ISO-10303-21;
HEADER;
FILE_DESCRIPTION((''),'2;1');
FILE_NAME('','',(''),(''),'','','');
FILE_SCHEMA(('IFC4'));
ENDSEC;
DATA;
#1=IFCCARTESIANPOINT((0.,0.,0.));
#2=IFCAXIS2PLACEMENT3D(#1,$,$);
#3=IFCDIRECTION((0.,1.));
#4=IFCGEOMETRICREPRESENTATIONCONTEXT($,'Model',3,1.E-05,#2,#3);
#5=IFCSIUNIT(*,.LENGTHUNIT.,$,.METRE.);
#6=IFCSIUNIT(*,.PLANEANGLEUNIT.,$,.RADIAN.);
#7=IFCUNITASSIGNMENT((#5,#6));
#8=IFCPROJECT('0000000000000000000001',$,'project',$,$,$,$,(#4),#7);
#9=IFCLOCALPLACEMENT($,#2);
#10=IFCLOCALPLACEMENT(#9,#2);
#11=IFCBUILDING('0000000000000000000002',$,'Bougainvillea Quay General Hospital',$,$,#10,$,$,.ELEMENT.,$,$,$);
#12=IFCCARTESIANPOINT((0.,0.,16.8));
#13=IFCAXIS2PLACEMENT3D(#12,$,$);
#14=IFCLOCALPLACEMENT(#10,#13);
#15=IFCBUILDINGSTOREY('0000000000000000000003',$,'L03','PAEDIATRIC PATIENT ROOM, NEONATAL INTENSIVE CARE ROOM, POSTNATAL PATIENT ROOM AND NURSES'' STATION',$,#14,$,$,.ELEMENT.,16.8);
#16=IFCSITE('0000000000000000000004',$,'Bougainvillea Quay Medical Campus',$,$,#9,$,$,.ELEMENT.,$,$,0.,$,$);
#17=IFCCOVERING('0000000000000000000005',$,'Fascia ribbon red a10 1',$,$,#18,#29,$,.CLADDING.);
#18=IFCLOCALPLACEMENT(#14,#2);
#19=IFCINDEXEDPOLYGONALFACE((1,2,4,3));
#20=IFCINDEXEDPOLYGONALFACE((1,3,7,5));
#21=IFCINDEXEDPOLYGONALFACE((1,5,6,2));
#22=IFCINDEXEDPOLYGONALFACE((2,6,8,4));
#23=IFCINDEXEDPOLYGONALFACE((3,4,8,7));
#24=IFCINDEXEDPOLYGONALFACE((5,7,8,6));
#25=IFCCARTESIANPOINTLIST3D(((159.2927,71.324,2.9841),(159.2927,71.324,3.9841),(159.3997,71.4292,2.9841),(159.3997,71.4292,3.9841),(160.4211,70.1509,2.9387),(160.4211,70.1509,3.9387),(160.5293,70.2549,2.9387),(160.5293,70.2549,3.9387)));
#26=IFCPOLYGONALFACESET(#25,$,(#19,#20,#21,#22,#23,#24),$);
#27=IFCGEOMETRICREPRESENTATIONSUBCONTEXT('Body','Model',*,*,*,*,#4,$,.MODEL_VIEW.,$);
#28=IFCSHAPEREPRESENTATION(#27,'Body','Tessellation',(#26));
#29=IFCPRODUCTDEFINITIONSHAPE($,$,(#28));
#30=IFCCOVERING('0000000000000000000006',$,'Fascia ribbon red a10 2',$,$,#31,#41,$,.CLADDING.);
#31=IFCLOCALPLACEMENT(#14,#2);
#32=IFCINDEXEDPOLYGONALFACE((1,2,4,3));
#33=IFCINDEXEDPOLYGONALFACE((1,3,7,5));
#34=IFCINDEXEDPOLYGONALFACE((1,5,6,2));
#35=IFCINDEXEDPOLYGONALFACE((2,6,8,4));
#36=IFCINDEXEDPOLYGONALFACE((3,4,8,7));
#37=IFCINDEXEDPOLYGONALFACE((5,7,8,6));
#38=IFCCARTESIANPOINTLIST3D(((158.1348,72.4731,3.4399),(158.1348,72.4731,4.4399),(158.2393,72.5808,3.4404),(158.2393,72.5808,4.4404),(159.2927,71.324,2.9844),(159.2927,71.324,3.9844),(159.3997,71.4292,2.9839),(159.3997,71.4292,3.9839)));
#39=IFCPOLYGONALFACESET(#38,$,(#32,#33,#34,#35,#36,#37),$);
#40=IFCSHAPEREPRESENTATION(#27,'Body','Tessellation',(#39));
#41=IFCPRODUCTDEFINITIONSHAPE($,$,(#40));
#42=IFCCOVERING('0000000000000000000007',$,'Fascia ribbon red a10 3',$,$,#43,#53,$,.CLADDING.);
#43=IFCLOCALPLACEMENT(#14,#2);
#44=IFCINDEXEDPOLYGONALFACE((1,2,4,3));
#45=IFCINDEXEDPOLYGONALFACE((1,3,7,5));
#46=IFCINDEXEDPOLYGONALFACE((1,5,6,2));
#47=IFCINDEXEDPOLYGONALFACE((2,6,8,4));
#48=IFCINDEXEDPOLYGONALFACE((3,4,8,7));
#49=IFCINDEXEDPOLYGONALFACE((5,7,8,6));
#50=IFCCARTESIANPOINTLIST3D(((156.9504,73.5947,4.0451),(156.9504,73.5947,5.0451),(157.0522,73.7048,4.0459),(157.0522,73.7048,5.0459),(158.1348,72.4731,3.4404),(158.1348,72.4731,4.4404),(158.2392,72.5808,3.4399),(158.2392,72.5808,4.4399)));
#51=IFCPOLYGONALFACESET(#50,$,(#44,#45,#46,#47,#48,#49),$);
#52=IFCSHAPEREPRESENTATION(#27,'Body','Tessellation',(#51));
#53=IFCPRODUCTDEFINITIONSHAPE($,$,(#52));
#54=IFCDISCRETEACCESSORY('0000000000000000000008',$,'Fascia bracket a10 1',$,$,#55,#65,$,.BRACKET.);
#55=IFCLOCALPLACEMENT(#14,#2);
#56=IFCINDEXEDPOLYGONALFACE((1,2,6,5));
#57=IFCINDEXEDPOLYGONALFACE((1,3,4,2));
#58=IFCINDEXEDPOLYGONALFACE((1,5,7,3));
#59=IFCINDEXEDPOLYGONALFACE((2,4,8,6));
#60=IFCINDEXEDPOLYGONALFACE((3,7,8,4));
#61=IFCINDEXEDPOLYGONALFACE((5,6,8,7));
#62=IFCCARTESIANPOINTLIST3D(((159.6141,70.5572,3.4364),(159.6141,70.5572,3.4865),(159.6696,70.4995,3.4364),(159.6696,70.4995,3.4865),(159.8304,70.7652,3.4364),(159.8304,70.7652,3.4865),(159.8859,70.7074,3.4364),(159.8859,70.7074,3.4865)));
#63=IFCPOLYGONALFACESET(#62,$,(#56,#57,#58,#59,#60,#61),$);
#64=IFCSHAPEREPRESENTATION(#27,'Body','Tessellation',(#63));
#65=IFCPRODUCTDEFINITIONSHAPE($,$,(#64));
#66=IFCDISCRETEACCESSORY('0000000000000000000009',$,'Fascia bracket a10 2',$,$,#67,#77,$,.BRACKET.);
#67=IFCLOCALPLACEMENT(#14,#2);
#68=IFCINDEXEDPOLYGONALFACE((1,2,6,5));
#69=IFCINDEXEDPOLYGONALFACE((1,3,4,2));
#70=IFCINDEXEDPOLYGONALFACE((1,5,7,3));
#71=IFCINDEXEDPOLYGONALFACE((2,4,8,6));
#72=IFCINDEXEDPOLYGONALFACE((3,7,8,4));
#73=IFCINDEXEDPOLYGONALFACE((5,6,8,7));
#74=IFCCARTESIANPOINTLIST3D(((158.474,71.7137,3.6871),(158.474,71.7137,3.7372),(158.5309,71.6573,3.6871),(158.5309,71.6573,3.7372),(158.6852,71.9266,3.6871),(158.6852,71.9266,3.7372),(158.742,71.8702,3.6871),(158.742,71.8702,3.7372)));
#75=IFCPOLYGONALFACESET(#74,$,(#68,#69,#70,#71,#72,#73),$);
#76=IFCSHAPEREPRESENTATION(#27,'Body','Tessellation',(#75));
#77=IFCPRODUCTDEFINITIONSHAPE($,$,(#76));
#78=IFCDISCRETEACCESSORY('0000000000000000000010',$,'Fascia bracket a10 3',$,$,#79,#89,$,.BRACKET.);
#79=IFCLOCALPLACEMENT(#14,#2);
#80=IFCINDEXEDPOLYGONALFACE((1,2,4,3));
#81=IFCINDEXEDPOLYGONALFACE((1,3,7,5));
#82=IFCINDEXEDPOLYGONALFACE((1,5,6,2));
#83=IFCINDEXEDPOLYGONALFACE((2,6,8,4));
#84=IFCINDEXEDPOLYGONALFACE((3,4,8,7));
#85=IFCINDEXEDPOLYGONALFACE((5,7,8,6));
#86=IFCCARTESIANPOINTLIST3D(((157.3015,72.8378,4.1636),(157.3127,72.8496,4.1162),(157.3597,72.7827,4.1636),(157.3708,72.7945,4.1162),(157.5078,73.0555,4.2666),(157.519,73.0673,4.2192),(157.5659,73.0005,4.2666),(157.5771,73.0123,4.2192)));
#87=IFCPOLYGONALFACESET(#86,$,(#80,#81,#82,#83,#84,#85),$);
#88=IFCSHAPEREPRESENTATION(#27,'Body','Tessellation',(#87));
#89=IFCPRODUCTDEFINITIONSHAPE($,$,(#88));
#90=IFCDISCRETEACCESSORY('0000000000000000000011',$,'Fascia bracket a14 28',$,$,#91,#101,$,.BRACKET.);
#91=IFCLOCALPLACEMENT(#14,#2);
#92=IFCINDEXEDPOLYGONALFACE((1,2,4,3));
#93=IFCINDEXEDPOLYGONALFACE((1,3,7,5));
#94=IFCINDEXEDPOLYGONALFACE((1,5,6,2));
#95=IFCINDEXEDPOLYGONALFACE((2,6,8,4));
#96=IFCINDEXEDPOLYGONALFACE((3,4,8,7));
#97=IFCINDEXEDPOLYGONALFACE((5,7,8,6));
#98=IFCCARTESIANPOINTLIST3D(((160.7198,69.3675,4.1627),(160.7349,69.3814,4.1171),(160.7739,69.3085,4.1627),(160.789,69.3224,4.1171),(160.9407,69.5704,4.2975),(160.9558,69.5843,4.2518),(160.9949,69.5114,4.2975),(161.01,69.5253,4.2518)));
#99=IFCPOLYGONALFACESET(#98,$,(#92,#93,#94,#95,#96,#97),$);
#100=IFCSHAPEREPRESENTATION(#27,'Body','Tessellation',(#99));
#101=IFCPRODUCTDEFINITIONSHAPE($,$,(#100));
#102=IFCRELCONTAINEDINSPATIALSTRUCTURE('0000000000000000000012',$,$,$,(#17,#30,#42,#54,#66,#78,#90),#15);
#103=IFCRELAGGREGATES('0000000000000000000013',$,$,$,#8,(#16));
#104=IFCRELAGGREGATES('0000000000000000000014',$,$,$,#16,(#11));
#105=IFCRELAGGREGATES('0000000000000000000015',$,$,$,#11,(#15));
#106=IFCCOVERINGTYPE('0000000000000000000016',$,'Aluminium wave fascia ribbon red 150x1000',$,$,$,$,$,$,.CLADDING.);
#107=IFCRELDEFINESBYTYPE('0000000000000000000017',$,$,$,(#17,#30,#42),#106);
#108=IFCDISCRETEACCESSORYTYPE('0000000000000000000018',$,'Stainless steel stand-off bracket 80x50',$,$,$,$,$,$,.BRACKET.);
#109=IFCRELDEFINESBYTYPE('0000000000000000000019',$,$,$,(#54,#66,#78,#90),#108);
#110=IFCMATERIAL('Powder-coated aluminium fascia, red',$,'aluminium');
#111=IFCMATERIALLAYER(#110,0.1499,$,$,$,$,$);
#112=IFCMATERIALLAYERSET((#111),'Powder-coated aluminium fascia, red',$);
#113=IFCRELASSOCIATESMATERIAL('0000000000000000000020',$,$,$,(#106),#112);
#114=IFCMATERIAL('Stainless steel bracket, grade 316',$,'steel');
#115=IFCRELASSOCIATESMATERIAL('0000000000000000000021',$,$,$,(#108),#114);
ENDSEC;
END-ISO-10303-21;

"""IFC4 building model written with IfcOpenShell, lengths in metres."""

from ifc_helpers import new_model, si_unit, direction, frame, origin, origin_2d, place, context, subcontext, project, spatial, polyline, rectangle, outline, extrude, material, layer, layer_set, material_profile, profile_set, type_object, element, save


model = new_model("IFC4")

# Units and contexts
model_context = context("Model", 3, precision=1e-05, world=origin(), true_north=direction((0.0, 1.0)))
body_context = subcontext(model_context, "Body", "Model", "MODEL_VIEW")
ifc_project = project(units=[si_unit("LENGTHUNIT", "METRE"), si_unit("PLANEANGLEUNIT", "RADIAN")], contexts=[model_context])

# Site, building, storey
site_placement = place(None, origin())
site = spatial("IfcSite", under=ifc_project, at=site_placement, Name="Bougainvillea Quay Medical Campus", CompositionType="ELEMENT", RefElevation=0.0)
building_placement = place(site_placement, origin())
building = spatial("IfcBuilding", under=site, at=building_placement, Name="Bougainvillea Quay General Hospital", CompositionType="ELEMENT")
storey_placement = place(building_placement, frame((0.0, 0.0, 16.8)))
storey = spatial("IfcBuildingStorey", under=building, at=storey_placement, Name="L03", Description="PAEDIATRIC PATIENT ROOM, NEONATAL INTENSIVE CARE ROOM, POSTNATAL PATIENT ROOM AND NURSES' STATION", CompositionType="ELEMENT", Elevation=16.8)

# Coverings
ifc_material_1 = material(Name="Powder-coated aluminium fascia, red", Category="aluminium")
ifc_layer_1 = layer(ifc_material_1, 0.1499)
ifc_layer_set_1 = layer_set([ifc_layer_1], Name="Powder-coated aluminium fascia, red")
covering_type = type_object("IfcCoveringType", Name="Aluminium wave fascia ribbon red 150x1000", PredefinedType="CLADDING", material=ifc_layer_set_1)
covering_1_placement = place(storey_placement, frame((160.4211, 70.1509, 2.9387), z_axis=(0.019435, -0.019979, 0.999611), x_axis=(-0.69298, 0.720418, 0.027872)))
element("IfcCovering", 1, at=covering_1_placement, inside=storey, type_object=covering_type, Name="Fascia ribbon red a10 1", PredefinedType="CLADDING", context=body_context, shape_type="SweptSolid", body=[
    extrude(outline(polyline([(0.0, 0.0), (1.6284, 0.0), (1.6301, -0.15), (0.0, -0.15), (0.0, 0.0)])), origin(), (0.027872, 0.000156, 0.999611), 1.0),
])
covering_2_placement = place(storey_placement, frame((159.2927, 71.324, 2.9844), z_axis=(0.190841, -0.189528, 0.963151), x_axis=(-0.68364, 0.678451, 0.268963)))
element("IfcCovering", 2, at=covering_2_placement, inside=storey, type_object=covering_type, Name="Fascia ribbon red a10 2", PredefinedType="CLADDING", context=body_context, shape_type="SweptSolid", body=[
    extrude(outline(polyline([(0.0, 0.0), (1.6938, 0.0), (1.6956, -0.15), (-0.0018, -0.15), (0.0, 0.0)])), origin(), (0.268963, -0.000093, 0.963151), 1.0),
])
covering_3_placement = place(storey_placement, frame((158.1348, 72.4731, 3.4404), z_axis=(0.251819, -0.239602, 0.937645), x_axis=(-0.680804, 0.644736, 0.347594)))
element("IfcCovering", 3, at=covering_3_placement, inside=storey, type_object=covering_type, Name="Fascia ribbon red a10 3", PredefinedType="CLADDING", context=body_context, shape_type="SweptSolid", body=[
    extrude(outline(polyline([(0.0, 0.0), (1.7396, 0.0), (1.7416, -0.15), (-0.0019, -0.15), (0.0, 0.0)])), origin(), (0.347594, -0.000765, 0.937645), 1.0),
])

# Discrete accessories
ifc_material_2 = material(Name="Stainless steel bracket, grade 316", Category="steel")
ifc_material_profile_1 = material_profile(ifc_material_2, rectangle(XDim=0.0801, YDim=0.05, at=origin_2d()))
ifc_profile_set_1 = profile_set([ifc_material_profile_1], Name="Stainless steel bracket, grade 316")
discrete_accessory_type = type_object("IfcDiscreteAccessoryType", Name="Stainless steel stand-off bracket 80x50", PredefinedType="BRACKET", material=ifc_profile_set_1)
discrete_accessory_1_placement = place(storey_placement, frame((159.6418, 70.5283, 3.4614), z_axis=(0.720802, 0.693141, 0.0), x_axis=(-0.693141, 0.720802, 0.0)))
element("IfcDiscreteAccessory", 4, at=discrete_accessory_1_placement, inside=storey, type_object=discrete_accessory_type, Name="Fascia bracket a10 1", PredefinedType="BRACKET", context=body_context, shape_type="SweptSolid", body=[
    extrude(rectangle(XDim=0.0801, YDim=0.05, at=origin_2d()), origin(), (0.0, 0.0, 1.0), 0.3),
])
discrete_accessory_2_placement = place(storey_placement, frame((158.5024, 71.6855, 3.7122), z_axis=(0.704251, 0.709951, 0.0), x_axis=(-0.709951, 0.704251, 0.0)))
element("IfcDiscreteAccessory", 5, at=discrete_accessory_2_placement, inside=storey, type_object=discrete_accessory_type, Name="Fascia bracket a10 2", PredefinedType="BRACKET", context=body_context, shape_type="SweptSolid", body=[
    extrude(rectangle(XDim=0.0801, YDim=0.05, at=origin_2d()), origin(), (0.0, 0.0, 1.0), 0.2998),
])
discrete_accessory_3_placement = place(storey_placement, frame((157.3362, 72.8162, 4.1399), z_axis=(0.650429, 0.686606, 0.324829), x_axis=(-0.725974, 0.687722, 0.0)))
element("IfcDiscreteAccessory", 6, at=discrete_accessory_3_placement, inside=storey, type_object=discrete_accessory_type, Name="Fascia bracket a10 3", PredefinedType="BRACKET", context=body_context, shape_type="SweptSolid", body=[
    extrude(rectangle(XDim=0.0801, YDim=0.05, at=origin_2d()), origin(), (0.0, 0.0, 1.0), 0.3171),
])
discrete_accessory_4_placement = place(storey_placement, frame((160.7544, 69.345, 4.1399), z_axis=(0.671885, 0.616947, 0.409813), x_axis=(-0.676351, 0.73658, 0.0)))
element("IfcDiscreteAccessory", 7, at=discrete_accessory_4_placement, inside=storey, type_object=discrete_accessory_type, Name="Fascia bracket a14 28", PredefinedType="BRACKET", context=body_context, shape_type="SweptSolid", body=[
    extrude(rectangle(XDim=0.0801, YDim=0.05, at=origin_2d()), origin(), (0.0, 0.0, 1.0), 0.3289),
])

save(model, "model.ifc")
